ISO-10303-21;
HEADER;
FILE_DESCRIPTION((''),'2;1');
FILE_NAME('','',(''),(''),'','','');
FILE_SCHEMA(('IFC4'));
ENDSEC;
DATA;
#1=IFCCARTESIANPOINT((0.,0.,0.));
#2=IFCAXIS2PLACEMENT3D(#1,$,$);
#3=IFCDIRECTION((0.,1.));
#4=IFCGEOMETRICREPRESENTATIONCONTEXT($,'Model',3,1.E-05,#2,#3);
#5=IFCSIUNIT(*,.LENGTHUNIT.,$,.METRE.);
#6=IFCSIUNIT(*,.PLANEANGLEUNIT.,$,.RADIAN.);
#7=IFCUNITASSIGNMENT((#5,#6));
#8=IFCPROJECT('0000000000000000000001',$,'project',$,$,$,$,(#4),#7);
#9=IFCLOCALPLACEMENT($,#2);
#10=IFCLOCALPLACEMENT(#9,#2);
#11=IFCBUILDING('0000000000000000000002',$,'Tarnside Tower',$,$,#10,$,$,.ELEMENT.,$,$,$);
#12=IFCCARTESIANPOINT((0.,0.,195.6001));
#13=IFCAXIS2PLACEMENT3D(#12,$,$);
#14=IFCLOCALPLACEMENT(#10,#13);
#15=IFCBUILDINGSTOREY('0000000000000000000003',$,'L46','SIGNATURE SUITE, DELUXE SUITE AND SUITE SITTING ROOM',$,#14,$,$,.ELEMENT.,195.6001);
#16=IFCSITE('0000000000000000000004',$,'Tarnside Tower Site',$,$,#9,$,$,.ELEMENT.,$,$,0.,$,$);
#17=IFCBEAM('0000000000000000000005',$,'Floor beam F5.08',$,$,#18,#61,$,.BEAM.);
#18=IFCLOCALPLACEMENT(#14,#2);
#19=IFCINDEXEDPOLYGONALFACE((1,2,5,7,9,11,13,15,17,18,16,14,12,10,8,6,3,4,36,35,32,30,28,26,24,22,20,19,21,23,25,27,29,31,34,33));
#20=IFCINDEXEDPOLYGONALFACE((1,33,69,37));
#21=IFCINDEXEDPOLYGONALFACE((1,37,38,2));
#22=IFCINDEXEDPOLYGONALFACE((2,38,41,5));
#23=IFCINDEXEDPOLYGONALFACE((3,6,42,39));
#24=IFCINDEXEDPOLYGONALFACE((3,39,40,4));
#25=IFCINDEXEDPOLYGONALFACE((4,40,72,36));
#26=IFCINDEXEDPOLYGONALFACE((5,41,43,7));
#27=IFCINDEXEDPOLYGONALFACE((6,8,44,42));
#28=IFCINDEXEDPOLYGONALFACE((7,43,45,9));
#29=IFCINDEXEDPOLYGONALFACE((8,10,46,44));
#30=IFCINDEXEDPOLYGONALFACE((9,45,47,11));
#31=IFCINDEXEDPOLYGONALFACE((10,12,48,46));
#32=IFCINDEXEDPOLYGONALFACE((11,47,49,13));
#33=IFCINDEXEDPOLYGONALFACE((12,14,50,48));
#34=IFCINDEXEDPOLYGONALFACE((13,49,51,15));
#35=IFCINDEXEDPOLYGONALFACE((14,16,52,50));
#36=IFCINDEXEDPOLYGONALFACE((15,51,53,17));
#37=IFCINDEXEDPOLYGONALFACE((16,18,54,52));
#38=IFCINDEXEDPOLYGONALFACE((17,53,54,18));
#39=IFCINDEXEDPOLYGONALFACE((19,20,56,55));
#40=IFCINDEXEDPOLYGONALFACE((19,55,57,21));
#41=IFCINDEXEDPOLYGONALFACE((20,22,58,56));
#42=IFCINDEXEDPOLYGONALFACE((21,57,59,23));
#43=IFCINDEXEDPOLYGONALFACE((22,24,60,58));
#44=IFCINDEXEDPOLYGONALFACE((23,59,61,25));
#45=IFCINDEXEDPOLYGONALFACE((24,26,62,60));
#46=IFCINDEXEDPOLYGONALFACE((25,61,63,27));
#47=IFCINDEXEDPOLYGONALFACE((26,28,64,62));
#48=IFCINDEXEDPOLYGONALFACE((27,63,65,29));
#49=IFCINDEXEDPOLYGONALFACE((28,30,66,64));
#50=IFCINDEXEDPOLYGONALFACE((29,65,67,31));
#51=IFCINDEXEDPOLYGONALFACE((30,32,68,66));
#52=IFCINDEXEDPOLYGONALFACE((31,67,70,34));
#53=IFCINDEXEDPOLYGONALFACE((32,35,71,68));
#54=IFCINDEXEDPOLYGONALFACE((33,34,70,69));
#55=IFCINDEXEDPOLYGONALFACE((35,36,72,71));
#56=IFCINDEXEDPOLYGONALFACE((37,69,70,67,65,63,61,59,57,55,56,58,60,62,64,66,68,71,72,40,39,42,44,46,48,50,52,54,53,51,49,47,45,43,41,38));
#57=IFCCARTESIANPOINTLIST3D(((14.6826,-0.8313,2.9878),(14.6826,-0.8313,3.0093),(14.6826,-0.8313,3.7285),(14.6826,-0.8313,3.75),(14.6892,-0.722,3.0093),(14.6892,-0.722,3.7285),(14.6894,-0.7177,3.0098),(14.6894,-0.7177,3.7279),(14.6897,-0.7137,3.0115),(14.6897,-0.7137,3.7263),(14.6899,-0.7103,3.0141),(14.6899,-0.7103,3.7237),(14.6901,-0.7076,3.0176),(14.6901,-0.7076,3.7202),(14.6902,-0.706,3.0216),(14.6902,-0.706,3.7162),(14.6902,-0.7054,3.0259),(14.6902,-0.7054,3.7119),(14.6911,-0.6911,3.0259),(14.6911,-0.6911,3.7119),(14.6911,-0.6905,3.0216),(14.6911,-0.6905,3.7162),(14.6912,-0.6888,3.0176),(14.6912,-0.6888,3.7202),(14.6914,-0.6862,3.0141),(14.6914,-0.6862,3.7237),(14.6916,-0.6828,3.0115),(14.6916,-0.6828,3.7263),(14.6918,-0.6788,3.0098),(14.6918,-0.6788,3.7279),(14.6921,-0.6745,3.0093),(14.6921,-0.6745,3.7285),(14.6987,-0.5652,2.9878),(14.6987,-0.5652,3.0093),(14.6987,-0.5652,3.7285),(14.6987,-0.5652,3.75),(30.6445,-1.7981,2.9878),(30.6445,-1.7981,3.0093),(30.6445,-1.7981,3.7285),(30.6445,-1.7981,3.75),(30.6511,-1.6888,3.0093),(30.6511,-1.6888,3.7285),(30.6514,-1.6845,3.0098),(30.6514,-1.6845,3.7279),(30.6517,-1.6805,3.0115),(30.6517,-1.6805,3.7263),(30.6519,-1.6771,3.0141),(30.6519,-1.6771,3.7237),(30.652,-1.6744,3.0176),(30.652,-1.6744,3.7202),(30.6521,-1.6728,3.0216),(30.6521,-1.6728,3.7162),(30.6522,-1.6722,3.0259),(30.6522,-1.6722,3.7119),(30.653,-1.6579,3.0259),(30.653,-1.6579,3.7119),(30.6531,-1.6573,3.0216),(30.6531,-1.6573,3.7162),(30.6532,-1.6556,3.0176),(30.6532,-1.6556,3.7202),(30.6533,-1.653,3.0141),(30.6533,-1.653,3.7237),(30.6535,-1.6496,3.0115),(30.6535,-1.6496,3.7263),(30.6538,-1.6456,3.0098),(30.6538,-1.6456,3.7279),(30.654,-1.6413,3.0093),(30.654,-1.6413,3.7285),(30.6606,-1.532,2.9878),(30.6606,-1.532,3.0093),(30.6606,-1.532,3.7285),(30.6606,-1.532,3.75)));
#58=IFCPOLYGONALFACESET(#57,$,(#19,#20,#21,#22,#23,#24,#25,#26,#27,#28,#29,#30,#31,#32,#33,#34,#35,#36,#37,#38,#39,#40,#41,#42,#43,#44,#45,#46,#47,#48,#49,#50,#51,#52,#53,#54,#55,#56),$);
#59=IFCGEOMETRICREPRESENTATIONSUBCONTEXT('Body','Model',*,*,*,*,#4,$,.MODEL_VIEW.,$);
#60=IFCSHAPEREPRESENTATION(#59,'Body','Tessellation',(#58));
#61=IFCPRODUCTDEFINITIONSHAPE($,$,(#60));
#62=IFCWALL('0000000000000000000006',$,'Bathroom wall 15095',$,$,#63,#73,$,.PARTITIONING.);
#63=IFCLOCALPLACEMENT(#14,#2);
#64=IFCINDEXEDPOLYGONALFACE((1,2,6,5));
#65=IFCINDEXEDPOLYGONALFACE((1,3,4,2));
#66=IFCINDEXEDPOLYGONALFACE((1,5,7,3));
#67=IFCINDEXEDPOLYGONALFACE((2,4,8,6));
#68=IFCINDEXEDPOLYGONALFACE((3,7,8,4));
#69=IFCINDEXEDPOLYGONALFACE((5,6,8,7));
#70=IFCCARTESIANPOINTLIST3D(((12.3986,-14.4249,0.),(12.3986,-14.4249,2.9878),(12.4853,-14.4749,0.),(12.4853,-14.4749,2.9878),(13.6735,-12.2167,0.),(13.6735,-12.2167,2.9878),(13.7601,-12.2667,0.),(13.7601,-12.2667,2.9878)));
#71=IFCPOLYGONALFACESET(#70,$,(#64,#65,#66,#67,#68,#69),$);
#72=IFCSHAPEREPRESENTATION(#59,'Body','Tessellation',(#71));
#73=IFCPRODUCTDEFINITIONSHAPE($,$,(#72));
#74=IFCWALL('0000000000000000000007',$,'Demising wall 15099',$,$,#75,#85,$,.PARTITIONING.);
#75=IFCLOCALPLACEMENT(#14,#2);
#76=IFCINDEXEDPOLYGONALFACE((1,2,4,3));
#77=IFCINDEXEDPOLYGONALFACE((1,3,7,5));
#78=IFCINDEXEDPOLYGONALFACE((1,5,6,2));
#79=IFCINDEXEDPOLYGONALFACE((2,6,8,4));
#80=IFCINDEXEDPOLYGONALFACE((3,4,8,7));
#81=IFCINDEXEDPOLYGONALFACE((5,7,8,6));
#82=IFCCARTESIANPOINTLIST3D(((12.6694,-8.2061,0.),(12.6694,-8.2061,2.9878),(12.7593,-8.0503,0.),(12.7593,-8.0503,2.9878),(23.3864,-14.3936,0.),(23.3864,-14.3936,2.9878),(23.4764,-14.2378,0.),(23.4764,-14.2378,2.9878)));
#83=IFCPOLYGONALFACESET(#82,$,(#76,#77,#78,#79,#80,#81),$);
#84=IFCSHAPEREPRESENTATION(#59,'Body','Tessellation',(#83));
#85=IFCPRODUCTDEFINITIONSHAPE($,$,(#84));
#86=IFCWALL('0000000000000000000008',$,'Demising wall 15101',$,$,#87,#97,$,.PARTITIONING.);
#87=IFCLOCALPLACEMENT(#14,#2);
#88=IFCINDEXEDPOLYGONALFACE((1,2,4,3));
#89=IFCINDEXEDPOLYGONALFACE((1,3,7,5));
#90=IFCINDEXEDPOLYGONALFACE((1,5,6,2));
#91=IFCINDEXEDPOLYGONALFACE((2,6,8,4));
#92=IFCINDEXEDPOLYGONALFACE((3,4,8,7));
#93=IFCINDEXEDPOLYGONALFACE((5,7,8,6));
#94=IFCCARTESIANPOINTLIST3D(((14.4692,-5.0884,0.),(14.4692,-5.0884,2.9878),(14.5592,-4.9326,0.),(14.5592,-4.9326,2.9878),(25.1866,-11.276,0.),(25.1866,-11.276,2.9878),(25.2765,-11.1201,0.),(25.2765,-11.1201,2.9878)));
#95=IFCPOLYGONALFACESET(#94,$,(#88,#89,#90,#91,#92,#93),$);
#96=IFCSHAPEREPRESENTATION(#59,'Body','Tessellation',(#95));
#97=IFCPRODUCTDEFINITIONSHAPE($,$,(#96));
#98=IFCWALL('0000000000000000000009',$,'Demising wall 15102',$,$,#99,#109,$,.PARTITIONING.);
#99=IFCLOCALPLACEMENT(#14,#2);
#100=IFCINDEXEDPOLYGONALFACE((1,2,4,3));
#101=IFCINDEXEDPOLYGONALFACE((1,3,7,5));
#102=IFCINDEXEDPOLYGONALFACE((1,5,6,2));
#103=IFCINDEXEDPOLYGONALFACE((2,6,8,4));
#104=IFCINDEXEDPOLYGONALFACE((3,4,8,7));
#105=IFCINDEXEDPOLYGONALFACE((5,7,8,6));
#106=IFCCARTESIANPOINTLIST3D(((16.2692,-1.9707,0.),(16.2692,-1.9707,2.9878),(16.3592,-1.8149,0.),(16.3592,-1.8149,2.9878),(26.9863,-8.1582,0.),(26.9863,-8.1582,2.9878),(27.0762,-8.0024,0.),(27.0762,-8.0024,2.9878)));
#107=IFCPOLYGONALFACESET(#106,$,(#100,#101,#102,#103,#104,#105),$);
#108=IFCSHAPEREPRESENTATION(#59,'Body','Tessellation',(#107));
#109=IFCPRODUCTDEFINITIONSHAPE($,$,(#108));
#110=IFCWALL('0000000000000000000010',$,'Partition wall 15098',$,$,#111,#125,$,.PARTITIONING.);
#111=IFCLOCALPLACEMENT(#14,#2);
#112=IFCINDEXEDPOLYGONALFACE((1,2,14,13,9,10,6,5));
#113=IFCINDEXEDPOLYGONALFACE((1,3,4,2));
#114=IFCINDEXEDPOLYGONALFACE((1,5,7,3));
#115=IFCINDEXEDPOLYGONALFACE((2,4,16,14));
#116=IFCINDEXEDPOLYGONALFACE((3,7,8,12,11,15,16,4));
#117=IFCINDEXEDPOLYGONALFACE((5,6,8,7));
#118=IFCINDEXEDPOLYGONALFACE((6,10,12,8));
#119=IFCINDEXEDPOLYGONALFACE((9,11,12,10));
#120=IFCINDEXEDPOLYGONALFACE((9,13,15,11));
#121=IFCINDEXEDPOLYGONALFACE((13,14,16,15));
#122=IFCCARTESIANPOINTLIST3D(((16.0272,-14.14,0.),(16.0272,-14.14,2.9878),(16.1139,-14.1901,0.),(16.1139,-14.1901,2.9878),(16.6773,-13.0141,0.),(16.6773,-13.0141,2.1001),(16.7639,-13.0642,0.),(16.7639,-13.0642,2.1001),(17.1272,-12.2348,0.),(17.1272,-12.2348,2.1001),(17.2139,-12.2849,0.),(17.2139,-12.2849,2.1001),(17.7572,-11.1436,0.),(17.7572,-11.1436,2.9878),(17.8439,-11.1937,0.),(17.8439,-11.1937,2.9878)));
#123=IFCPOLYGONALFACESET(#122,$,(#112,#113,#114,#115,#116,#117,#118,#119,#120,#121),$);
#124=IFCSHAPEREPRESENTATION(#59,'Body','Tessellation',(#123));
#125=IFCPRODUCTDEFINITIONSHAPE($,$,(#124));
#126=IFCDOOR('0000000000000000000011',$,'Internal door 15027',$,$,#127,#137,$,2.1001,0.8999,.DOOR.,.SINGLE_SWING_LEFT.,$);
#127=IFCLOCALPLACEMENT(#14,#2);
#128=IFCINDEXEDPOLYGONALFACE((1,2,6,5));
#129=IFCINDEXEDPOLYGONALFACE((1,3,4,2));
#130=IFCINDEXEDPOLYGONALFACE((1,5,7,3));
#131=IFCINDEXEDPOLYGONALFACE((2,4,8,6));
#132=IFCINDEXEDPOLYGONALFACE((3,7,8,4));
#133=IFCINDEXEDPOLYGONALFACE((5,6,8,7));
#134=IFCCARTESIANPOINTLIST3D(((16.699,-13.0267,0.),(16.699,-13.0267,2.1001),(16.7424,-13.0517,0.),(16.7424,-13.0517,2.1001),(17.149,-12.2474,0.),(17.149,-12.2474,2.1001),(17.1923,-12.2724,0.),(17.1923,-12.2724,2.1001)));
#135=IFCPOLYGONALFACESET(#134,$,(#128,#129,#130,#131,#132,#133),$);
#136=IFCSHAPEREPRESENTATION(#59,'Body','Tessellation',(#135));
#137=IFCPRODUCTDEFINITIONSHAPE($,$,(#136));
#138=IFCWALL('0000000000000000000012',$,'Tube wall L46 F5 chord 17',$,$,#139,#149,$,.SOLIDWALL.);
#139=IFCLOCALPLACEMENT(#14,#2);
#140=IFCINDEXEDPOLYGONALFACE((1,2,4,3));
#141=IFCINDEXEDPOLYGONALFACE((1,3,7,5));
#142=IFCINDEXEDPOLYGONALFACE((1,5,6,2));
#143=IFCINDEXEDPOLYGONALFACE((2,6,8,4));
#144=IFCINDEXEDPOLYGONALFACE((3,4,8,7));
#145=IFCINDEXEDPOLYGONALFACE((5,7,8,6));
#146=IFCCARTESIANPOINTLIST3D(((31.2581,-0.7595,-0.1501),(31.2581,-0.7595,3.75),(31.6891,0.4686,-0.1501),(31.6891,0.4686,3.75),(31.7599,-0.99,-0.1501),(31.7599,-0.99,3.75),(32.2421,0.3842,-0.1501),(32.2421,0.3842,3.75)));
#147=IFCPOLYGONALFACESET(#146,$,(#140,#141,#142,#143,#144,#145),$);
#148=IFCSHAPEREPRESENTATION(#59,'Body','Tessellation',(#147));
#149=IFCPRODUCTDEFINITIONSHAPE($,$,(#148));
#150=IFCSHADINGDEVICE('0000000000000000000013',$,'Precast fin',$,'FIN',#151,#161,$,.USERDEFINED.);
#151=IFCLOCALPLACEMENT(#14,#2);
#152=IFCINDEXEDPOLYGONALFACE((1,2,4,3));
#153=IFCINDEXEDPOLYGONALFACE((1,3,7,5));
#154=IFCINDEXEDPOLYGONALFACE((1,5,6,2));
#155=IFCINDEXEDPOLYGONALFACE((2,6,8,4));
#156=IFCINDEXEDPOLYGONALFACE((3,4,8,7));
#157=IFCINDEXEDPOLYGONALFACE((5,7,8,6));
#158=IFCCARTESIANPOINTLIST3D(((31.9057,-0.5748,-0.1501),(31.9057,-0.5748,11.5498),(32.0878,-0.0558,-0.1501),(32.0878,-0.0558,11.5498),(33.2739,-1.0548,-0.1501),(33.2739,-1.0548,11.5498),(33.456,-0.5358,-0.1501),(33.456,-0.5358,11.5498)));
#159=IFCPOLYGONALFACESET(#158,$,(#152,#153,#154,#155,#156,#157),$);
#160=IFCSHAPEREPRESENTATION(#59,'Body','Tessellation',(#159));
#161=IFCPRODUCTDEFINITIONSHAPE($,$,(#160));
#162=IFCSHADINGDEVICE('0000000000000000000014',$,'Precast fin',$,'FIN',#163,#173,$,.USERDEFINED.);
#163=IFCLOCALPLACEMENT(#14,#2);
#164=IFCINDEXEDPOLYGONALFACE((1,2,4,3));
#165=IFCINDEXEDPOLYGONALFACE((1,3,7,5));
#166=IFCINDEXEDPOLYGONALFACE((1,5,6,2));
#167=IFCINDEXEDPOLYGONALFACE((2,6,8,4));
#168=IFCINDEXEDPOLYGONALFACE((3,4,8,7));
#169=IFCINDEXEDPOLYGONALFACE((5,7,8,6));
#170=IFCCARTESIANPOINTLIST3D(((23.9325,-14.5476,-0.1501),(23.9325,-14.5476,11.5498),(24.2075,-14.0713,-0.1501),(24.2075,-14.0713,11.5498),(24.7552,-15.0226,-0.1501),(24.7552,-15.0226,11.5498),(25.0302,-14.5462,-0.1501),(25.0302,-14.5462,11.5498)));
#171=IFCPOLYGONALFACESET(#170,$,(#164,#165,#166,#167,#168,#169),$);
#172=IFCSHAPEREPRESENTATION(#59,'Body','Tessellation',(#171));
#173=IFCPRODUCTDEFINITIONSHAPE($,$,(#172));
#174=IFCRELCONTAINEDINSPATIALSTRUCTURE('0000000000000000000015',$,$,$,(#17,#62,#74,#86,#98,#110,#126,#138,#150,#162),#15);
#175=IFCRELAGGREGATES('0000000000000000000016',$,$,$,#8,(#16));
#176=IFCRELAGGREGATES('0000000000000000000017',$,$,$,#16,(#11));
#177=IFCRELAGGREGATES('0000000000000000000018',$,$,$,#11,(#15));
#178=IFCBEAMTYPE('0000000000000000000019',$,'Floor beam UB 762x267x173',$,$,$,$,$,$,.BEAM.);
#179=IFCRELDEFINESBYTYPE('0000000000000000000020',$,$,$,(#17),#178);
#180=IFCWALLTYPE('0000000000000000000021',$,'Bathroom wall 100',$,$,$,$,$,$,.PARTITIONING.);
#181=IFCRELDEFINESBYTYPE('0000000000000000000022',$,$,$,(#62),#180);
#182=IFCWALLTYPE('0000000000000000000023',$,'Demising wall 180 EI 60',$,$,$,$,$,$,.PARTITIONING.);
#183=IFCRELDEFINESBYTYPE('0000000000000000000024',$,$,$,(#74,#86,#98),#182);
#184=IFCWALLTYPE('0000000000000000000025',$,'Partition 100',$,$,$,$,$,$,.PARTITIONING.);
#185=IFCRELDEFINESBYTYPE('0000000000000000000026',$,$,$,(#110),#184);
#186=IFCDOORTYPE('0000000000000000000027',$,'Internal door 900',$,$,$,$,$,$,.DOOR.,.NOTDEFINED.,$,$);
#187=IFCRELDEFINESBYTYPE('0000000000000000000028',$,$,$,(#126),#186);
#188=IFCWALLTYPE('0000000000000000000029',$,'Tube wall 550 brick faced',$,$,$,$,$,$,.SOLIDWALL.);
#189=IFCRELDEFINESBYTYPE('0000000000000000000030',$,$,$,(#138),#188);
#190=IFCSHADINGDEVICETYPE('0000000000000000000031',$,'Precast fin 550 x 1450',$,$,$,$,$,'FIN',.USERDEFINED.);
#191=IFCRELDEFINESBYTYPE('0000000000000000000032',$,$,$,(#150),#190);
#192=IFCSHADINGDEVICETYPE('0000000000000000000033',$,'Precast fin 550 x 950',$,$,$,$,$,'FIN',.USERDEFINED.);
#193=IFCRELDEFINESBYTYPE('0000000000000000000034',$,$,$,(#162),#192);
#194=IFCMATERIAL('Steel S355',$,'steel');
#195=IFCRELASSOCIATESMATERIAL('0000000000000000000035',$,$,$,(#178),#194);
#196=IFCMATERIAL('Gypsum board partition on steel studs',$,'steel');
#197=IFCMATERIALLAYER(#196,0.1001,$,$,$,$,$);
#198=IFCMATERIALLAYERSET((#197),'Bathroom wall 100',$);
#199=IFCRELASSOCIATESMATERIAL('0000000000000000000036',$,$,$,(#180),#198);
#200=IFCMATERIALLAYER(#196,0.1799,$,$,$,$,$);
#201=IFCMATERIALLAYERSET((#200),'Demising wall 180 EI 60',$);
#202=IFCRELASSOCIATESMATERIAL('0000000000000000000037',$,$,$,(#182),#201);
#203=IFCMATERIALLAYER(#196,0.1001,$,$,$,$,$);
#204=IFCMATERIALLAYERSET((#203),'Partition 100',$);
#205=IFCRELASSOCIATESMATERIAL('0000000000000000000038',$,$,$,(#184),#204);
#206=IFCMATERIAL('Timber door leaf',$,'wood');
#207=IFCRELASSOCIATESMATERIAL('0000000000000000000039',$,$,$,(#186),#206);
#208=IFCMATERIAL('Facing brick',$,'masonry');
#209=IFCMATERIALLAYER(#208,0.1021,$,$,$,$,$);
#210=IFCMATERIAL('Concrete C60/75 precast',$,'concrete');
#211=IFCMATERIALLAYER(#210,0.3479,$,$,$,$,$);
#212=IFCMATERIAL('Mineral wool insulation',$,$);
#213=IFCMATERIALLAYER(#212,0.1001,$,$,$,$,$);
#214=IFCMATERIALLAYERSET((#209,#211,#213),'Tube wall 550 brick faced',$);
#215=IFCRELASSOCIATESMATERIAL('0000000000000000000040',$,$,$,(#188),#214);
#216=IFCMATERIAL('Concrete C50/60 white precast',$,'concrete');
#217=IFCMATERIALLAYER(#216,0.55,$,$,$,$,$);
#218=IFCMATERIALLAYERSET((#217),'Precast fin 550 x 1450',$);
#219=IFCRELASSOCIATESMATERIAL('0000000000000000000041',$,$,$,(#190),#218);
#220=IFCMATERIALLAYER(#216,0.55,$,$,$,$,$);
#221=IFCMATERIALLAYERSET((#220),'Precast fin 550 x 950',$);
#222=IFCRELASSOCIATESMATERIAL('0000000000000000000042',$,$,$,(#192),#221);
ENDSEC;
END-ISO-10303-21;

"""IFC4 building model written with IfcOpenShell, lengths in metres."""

from ifc_helpers import new_model, si_unit, direction, frame, frame_2d, origin, origin_2d, place, context, subcontext, project, spatial, polyline, rectangle, i_section, outline, extrude, material, layer, layer_set, material_profile, profile_set, type_object, element, fill, save


model = new_model("IFC4")

# Units and contexts
model_context = context("Model", 3, precision=1e-05, world=origin(), true_north=direction((0.0, 1.0)))
body_context = subcontext(model_context, "Body", "Model", "MODEL_VIEW")
ifc_project = project(units=[si_unit("LENGTHUNIT", "METRE"), si_unit("PLANEANGLEUNIT", "RADIAN")], contexts=[model_context])

# Site, building, storey
site_placement = place(None, origin())
site = spatial("IfcSite", under=ifc_project, at=site_placement, Name="Tarnside Tower Site", CompositionType="ELEMENT", RefElevation=0.0)
building_placement = place(site_placement, origin())
building = spatial("IfcBuilding", under=site, at=building_placement, Name="Tarnside Tower", CompositionType="ELEMENT")
storey_placement = place(building_placement, frame((0.0, 0.0, 195.6001)))
storey = spatial("IfcBuildingStorey", under=building, at=storey_placement, Name="L46", Description="SIGNATURE SUITE, DELUXE SUITE AND SUITE SITTING ROOM", CompositionType="ELEMENT", Elevation=195.6001)

# Beam
ifc_material_1 = material(Name="Steel S355", Category="steel")
ifc_material_profile_1 = material_profile(ifc_material_1, i_section(OverallWidth=0.2666, OverallDepth=0.7622, WebThickness=0.0144, FlangeThickness=0.0215, FilletRadius=0.0166, at=origin_2d()), Name="UB 762x267x173")
ifc_profile_set_1 = profile_set([ifc_material_profile_1], Name="Steel S355")
beam_type_1 = type_object("IfcBeamType", Name="Floor beam UB 762x267x173", PredefinedType="BEAM", material=ifc_profile_set_1)
beam_1_placement = place(storey_placement, frame((30.6526, -1.665, 3.3689), z_axis=(-0.998171, 0.060458, 0.0), x_axis=(-0.060458, -0.998171, 0.0)))
element("IfcBeam", 1, at=beam_1_placement, inside=storey, type_object=beam_type_1, Name="Floor beam F5.08", PredefinedType="BEAM", context=body_context, shape_type="SweptSolid", body=[
    extrude(i_section(OverallWidth=0.2666, OverallDepth=0.7622, WebThickness=0.0144, FlangeThickness=0.0215, FilletRadius=0.0166, at=origin_2d()), origin(), (0.0, 0.0, 1.0), 15.9912),
])

# Walls
ifc_material_2 = material(Name="Gypsum board partition on steel studs", Category="steel")
ifc_layer_1 = layer(ifc_material_2, 0.1001)
ifc_layer_set_1 = layer_set([ifc_layer_1], Name="Bathroom wall 100")
wall_type_1 = type_object("IfcWallType", Name="Bathroom wall 100", PredefinedType="PARTITIONING", material=ifc_layer_set_1)
wall_1_placement = place(storey_placement, frame((13.7168, -12.2417, 0.0), z_axis=(0.0, 0.0, 1.0), x_axis=(-0.49999, -0.866031, 0.0)))
element("IfcWall", 2, at=wall_1_placement, inside=storey, type_object=wall_type_1, Name="Bathroom wall 15095", PredefinedType="PARTITIONING", context=body_context, shape_type="SweptSolid", body=[
    extrude(rectangle(XDim=2.5498, YDim=0.1001, at=frame_2d((1.2749, 0.0))), origin(), (0.0, 0.0, 1.0), 2.9878),
])
ifc_layer_2 = layer(ifc_material_2, 0.1799)
ifc_layer_set_2 = layer_set([ifc_layer_2], Name="Demising wall 180 EI 60")
wall_type_2 = type_object("IfcWallType", Name="Demising wall 180 EI 60", PredefinedType="PARTITIONING", material=ifc_layer_set_2)
wall_2_placement = place(storey_placement, frame((23.4314, -14.3157, 0.0), z_axis=(0.0, 0.0, 1.0), x_axis=(-0.866025, 0.500001, 0.0)))
element("IfcWall", 3, at=wall_2_placement, inside=storey, type_object=wall_type_2, Name="Demising wall 15099", PredefinedType="PARTITIONING", context=body_context, shape_type="SweptSolid", body=[
    extrude(rectangle(XDim=12.375, YDim=0.1799, at=frame_2d((6.1875, 0.0))), origin(), (0.0, 0.0, 1.0), 2.9878),
])
wall_3_placement = place(storey_placement, frame((25.2314, -11.198, 0.0), z_axis=(0.0, 0.0, 1.0), x_axis=(-0.86603, 0.499992, 0.0)))
element("IfcWall", 4, at=wall_3_placement, inside=storey, type_object=wall_type_2, Name="Demising wall 15101", PredefinedType="PARTITIONING", context=body_context, shape_type="SweptSolid", body=[
    extrude(rectangle(XDim=12.3752, YDim=0.1799, at=frame_2d((6.1875, 0.0))), origin(), (0.0, 0.0, 1.0), 2.9878),
])
wall_4_placement = place(storey_placement, frame((27.0312, -8.0803, 0.0), z_axis=(0.0, 0.0, 1.0), x_axis=(-0.866025, 0.500001, 0.0)))
element("IfcWall", 5, at=wall_4_placement, inside=storey, type_object=wall_type_2, Name="Demising wall 15102", PredefinedType="PARTITIONING", context=body_context, shape_type="SweptSolid", body=[
    extrude(rectangle(XDim=12.375, YDim=0.1799, at=frame_2d((6.1875, 0.0))), origin(), (0.0, 0.0, 1.0), 2.9878),
])

# Wall, opening, door
ifc_layer_3 = layer(ifc_material_2, 0.1001)
ifc_layer_set_3 = layer_set([ifc_layer_3], Name="Partition 100")
wall_type_3 = type_object("IfcWallType", Name="Partition 100", PredefinedType="PARTITIONING", material=ifc_layer_set_3)
wall_5_placement = place(storey_placement, frame((16.0706, -14.165, 0.0), z_axis=(0.0, 0.0, 1.0), x_axis=(0.50001, 0.86602, 0.0)))
wall_5 = element("IfcWall", 6, at=wall_5_placement, inside=storey, type_object=wall_type_3, Name="Partition wall 15098", PredefinedType="PARTITIONING", context=body_context, shape_type="SweptSolid", body=[
    extrude(rectangle(XDim=3.46, YDim=0.1001, at=frame_2d((1.73, 0.0))), origin(), (0.0, 0.0, 1.0), 2.9878),
])
opening_placement = place(wall_5_placement, frame((1.3, 0.0, 0.0)))
opening = element("IfcOpeningElement", 7, at=opening_placement, cuts=wall_5, PredefinedType="OPENING", context=body_context, shape_type="SweptSolid", body=[
    extrude(rectangle(XDim=0.8999, YDim=2.1001, at=frame_2d((0.45, 1.05))), frame((0.0, 0.0601, 0.0), z_axis=(0.0, -1.0, 0.0), x_axis=(1.0, 0.0, 0.0)), (0.0, 0.0, 1.0), 0.1201),
])
ifc_material_3 = material(Name="Timber door leaf", Category="wood")
door_type = type_object("IfcDoorType", Name="Internal door 900", OperationType="NOTDEFINED", PredefinedType="DOOR", material=ifc_material_3)
door_placement = place(opening_placement, origin())
door = element("IfcDoor", 8, at=door_placement, inside=storey, type_object=door_type, Name="Internal door 15027", OperationType="SINGLE_SWING_LEFT", OverallHeight=2.1001, OverallWidth=0.8999, PredefinedType="DOOR", context=body_context, shape_type="SweptSolid", body=[
    extrude(rectangle(XDim=0.8999, YDim=2.1001, at=frame_2d((0.45, 1.05))), frame((0.0, 0.0249, 0.0), z_axis=(0.0, -1.0, 0.0), x_axis=(1.0, 0.0, 0.0)), (0.0, 0.0, 1.0), 0.05),
])
fill(opening, door)

# Wall
ifc_material_4 = material(Name="Facing brick", Category="masonry")
ifc_layer_4 = layer(ifc_material_4, 0.1021)
ifc_material_5 = material(Name="Concrete C60/75 precast", Category="concrete")
ifc_layer_5 = layer(ifc_material_5, 0.3479)
ifc_material_6 = material(Name="Mineral wool insulation")
ifc_layer_6 = layer(ifc_material_6, 0.1001)
ifc_layer_set_4 = layer_set([ifc_layer_4, ifc_layer_5, ifc_layer_6], Name="Tube wall 550 brick faced")
wall_type_4 = type_object("IfcWallType", Name="Tube wall 550 brick faced", PredefinedType="SOLIDWALL", material=ifc_layer_set_4)
wall_6_placement = place(storey_placement, frame((31.509, -0.8748, -0.1501), z_axis=(0.0, 0.0, 1.0), x_axis=(0.331115, 0.94359, 0.0)))
element("IfcWall", 9, at=wall_6_placement, inside=storey, type_object=wall_type_4, Name="Tube wall L46 F5 chord 17", PredefinedType="SOLIDWALL", context=body_context, shape_type="SweptSolid", body=[
    extrude(outline(polyline([(-0.0256, -0.2749), (1.4307, -0.2749), (1.3271, 0.2749), (0.0256, 0.2749), (-0.0256, -0.2749)])), origin(), (0.0, 0.0, 1.0), 3.9001),
])

# Shading devices
ifc_material_7 = material(Name="Concrete C50/60 white precast", Category="concrete")
ifc_layer_7 = layer(ifc_material_7, 0.55)
ifc_layer_set_5 = layer_set([ifc_layer_7], Name="Precast fin 550 x 1450")
shading_device_type_1 = type_object("IfcShadingDeviceType", Name="Precast fin 550 x 1450", ElementType="FIN", PredefinedType="USERDEFINED", material=ifc_layer_set_5)
shading_device_placement = place(storey_placement, frame((31.9968, -0.3152, -0.1501), z_axis=(-0.331063, -0.943609, 0.0), x_axis=(0.943609, -0.331063, 0.0)))
element("IfcShadingDevice", 10, at=shading_device_placement, inside=storey, type_object=shading_device_type_1, Name="Precast fin", ObjectType="FIN", PredefinedType="USERDEFINED", context=body_context, shape_type="SweptSolid", body=[
    extrude(outline(polyline([(0.0, 0.0), (1.45, 0.0), (1.45, 11.7), (0.0, 11.7), (0.0, 0.0)])), frame((0.0, 0.0, -0.2749)), (0.0, 0.0, 1.0), 0.55),
])
ifc_layer_8 = layer(ifc_material_7, 0.55)
ifc_layer_set_6 = layer_set([ifc_layer_8], Name="Precast fin 550 x 950")
shading_device_type_2 = type_object("IfcShadingDeviceType", Name="Precast fin 550 x 950", ElementType="FIN", PredefinedType="USERDEFINED", material=ifc_layer_set_6)
for number, where, z_axis, x_axis, name in (
    (11, (24.0701, -14.3093, -0.1501), (-0.5, -0.866025, 0.0), (0.866025, -0.5, 0.0), "Precast fin"),
):
    element("IfcShadingDevice", number, at=place(storey_placement, frame(where, z_axis=z_axis, x_axis=x_axis)), inside=storey, type_object=shading_device_type_2, Name=name, ObjectType="FIN", PredefinedType="USERDEFINED", context=body_context, shape_type="SweptSolid", body=[
        extrude(outline(polyline([(0.0, 0.0), (0.95, 0.0), (0.95, 11.7), (0.0, 11.7), (0.0, 0.0)])), frame((0.0, 0.0, -0.2749)), (0.0, 0.0, 1.0), 0.55),
    ])

save(model, "model.ifc")
